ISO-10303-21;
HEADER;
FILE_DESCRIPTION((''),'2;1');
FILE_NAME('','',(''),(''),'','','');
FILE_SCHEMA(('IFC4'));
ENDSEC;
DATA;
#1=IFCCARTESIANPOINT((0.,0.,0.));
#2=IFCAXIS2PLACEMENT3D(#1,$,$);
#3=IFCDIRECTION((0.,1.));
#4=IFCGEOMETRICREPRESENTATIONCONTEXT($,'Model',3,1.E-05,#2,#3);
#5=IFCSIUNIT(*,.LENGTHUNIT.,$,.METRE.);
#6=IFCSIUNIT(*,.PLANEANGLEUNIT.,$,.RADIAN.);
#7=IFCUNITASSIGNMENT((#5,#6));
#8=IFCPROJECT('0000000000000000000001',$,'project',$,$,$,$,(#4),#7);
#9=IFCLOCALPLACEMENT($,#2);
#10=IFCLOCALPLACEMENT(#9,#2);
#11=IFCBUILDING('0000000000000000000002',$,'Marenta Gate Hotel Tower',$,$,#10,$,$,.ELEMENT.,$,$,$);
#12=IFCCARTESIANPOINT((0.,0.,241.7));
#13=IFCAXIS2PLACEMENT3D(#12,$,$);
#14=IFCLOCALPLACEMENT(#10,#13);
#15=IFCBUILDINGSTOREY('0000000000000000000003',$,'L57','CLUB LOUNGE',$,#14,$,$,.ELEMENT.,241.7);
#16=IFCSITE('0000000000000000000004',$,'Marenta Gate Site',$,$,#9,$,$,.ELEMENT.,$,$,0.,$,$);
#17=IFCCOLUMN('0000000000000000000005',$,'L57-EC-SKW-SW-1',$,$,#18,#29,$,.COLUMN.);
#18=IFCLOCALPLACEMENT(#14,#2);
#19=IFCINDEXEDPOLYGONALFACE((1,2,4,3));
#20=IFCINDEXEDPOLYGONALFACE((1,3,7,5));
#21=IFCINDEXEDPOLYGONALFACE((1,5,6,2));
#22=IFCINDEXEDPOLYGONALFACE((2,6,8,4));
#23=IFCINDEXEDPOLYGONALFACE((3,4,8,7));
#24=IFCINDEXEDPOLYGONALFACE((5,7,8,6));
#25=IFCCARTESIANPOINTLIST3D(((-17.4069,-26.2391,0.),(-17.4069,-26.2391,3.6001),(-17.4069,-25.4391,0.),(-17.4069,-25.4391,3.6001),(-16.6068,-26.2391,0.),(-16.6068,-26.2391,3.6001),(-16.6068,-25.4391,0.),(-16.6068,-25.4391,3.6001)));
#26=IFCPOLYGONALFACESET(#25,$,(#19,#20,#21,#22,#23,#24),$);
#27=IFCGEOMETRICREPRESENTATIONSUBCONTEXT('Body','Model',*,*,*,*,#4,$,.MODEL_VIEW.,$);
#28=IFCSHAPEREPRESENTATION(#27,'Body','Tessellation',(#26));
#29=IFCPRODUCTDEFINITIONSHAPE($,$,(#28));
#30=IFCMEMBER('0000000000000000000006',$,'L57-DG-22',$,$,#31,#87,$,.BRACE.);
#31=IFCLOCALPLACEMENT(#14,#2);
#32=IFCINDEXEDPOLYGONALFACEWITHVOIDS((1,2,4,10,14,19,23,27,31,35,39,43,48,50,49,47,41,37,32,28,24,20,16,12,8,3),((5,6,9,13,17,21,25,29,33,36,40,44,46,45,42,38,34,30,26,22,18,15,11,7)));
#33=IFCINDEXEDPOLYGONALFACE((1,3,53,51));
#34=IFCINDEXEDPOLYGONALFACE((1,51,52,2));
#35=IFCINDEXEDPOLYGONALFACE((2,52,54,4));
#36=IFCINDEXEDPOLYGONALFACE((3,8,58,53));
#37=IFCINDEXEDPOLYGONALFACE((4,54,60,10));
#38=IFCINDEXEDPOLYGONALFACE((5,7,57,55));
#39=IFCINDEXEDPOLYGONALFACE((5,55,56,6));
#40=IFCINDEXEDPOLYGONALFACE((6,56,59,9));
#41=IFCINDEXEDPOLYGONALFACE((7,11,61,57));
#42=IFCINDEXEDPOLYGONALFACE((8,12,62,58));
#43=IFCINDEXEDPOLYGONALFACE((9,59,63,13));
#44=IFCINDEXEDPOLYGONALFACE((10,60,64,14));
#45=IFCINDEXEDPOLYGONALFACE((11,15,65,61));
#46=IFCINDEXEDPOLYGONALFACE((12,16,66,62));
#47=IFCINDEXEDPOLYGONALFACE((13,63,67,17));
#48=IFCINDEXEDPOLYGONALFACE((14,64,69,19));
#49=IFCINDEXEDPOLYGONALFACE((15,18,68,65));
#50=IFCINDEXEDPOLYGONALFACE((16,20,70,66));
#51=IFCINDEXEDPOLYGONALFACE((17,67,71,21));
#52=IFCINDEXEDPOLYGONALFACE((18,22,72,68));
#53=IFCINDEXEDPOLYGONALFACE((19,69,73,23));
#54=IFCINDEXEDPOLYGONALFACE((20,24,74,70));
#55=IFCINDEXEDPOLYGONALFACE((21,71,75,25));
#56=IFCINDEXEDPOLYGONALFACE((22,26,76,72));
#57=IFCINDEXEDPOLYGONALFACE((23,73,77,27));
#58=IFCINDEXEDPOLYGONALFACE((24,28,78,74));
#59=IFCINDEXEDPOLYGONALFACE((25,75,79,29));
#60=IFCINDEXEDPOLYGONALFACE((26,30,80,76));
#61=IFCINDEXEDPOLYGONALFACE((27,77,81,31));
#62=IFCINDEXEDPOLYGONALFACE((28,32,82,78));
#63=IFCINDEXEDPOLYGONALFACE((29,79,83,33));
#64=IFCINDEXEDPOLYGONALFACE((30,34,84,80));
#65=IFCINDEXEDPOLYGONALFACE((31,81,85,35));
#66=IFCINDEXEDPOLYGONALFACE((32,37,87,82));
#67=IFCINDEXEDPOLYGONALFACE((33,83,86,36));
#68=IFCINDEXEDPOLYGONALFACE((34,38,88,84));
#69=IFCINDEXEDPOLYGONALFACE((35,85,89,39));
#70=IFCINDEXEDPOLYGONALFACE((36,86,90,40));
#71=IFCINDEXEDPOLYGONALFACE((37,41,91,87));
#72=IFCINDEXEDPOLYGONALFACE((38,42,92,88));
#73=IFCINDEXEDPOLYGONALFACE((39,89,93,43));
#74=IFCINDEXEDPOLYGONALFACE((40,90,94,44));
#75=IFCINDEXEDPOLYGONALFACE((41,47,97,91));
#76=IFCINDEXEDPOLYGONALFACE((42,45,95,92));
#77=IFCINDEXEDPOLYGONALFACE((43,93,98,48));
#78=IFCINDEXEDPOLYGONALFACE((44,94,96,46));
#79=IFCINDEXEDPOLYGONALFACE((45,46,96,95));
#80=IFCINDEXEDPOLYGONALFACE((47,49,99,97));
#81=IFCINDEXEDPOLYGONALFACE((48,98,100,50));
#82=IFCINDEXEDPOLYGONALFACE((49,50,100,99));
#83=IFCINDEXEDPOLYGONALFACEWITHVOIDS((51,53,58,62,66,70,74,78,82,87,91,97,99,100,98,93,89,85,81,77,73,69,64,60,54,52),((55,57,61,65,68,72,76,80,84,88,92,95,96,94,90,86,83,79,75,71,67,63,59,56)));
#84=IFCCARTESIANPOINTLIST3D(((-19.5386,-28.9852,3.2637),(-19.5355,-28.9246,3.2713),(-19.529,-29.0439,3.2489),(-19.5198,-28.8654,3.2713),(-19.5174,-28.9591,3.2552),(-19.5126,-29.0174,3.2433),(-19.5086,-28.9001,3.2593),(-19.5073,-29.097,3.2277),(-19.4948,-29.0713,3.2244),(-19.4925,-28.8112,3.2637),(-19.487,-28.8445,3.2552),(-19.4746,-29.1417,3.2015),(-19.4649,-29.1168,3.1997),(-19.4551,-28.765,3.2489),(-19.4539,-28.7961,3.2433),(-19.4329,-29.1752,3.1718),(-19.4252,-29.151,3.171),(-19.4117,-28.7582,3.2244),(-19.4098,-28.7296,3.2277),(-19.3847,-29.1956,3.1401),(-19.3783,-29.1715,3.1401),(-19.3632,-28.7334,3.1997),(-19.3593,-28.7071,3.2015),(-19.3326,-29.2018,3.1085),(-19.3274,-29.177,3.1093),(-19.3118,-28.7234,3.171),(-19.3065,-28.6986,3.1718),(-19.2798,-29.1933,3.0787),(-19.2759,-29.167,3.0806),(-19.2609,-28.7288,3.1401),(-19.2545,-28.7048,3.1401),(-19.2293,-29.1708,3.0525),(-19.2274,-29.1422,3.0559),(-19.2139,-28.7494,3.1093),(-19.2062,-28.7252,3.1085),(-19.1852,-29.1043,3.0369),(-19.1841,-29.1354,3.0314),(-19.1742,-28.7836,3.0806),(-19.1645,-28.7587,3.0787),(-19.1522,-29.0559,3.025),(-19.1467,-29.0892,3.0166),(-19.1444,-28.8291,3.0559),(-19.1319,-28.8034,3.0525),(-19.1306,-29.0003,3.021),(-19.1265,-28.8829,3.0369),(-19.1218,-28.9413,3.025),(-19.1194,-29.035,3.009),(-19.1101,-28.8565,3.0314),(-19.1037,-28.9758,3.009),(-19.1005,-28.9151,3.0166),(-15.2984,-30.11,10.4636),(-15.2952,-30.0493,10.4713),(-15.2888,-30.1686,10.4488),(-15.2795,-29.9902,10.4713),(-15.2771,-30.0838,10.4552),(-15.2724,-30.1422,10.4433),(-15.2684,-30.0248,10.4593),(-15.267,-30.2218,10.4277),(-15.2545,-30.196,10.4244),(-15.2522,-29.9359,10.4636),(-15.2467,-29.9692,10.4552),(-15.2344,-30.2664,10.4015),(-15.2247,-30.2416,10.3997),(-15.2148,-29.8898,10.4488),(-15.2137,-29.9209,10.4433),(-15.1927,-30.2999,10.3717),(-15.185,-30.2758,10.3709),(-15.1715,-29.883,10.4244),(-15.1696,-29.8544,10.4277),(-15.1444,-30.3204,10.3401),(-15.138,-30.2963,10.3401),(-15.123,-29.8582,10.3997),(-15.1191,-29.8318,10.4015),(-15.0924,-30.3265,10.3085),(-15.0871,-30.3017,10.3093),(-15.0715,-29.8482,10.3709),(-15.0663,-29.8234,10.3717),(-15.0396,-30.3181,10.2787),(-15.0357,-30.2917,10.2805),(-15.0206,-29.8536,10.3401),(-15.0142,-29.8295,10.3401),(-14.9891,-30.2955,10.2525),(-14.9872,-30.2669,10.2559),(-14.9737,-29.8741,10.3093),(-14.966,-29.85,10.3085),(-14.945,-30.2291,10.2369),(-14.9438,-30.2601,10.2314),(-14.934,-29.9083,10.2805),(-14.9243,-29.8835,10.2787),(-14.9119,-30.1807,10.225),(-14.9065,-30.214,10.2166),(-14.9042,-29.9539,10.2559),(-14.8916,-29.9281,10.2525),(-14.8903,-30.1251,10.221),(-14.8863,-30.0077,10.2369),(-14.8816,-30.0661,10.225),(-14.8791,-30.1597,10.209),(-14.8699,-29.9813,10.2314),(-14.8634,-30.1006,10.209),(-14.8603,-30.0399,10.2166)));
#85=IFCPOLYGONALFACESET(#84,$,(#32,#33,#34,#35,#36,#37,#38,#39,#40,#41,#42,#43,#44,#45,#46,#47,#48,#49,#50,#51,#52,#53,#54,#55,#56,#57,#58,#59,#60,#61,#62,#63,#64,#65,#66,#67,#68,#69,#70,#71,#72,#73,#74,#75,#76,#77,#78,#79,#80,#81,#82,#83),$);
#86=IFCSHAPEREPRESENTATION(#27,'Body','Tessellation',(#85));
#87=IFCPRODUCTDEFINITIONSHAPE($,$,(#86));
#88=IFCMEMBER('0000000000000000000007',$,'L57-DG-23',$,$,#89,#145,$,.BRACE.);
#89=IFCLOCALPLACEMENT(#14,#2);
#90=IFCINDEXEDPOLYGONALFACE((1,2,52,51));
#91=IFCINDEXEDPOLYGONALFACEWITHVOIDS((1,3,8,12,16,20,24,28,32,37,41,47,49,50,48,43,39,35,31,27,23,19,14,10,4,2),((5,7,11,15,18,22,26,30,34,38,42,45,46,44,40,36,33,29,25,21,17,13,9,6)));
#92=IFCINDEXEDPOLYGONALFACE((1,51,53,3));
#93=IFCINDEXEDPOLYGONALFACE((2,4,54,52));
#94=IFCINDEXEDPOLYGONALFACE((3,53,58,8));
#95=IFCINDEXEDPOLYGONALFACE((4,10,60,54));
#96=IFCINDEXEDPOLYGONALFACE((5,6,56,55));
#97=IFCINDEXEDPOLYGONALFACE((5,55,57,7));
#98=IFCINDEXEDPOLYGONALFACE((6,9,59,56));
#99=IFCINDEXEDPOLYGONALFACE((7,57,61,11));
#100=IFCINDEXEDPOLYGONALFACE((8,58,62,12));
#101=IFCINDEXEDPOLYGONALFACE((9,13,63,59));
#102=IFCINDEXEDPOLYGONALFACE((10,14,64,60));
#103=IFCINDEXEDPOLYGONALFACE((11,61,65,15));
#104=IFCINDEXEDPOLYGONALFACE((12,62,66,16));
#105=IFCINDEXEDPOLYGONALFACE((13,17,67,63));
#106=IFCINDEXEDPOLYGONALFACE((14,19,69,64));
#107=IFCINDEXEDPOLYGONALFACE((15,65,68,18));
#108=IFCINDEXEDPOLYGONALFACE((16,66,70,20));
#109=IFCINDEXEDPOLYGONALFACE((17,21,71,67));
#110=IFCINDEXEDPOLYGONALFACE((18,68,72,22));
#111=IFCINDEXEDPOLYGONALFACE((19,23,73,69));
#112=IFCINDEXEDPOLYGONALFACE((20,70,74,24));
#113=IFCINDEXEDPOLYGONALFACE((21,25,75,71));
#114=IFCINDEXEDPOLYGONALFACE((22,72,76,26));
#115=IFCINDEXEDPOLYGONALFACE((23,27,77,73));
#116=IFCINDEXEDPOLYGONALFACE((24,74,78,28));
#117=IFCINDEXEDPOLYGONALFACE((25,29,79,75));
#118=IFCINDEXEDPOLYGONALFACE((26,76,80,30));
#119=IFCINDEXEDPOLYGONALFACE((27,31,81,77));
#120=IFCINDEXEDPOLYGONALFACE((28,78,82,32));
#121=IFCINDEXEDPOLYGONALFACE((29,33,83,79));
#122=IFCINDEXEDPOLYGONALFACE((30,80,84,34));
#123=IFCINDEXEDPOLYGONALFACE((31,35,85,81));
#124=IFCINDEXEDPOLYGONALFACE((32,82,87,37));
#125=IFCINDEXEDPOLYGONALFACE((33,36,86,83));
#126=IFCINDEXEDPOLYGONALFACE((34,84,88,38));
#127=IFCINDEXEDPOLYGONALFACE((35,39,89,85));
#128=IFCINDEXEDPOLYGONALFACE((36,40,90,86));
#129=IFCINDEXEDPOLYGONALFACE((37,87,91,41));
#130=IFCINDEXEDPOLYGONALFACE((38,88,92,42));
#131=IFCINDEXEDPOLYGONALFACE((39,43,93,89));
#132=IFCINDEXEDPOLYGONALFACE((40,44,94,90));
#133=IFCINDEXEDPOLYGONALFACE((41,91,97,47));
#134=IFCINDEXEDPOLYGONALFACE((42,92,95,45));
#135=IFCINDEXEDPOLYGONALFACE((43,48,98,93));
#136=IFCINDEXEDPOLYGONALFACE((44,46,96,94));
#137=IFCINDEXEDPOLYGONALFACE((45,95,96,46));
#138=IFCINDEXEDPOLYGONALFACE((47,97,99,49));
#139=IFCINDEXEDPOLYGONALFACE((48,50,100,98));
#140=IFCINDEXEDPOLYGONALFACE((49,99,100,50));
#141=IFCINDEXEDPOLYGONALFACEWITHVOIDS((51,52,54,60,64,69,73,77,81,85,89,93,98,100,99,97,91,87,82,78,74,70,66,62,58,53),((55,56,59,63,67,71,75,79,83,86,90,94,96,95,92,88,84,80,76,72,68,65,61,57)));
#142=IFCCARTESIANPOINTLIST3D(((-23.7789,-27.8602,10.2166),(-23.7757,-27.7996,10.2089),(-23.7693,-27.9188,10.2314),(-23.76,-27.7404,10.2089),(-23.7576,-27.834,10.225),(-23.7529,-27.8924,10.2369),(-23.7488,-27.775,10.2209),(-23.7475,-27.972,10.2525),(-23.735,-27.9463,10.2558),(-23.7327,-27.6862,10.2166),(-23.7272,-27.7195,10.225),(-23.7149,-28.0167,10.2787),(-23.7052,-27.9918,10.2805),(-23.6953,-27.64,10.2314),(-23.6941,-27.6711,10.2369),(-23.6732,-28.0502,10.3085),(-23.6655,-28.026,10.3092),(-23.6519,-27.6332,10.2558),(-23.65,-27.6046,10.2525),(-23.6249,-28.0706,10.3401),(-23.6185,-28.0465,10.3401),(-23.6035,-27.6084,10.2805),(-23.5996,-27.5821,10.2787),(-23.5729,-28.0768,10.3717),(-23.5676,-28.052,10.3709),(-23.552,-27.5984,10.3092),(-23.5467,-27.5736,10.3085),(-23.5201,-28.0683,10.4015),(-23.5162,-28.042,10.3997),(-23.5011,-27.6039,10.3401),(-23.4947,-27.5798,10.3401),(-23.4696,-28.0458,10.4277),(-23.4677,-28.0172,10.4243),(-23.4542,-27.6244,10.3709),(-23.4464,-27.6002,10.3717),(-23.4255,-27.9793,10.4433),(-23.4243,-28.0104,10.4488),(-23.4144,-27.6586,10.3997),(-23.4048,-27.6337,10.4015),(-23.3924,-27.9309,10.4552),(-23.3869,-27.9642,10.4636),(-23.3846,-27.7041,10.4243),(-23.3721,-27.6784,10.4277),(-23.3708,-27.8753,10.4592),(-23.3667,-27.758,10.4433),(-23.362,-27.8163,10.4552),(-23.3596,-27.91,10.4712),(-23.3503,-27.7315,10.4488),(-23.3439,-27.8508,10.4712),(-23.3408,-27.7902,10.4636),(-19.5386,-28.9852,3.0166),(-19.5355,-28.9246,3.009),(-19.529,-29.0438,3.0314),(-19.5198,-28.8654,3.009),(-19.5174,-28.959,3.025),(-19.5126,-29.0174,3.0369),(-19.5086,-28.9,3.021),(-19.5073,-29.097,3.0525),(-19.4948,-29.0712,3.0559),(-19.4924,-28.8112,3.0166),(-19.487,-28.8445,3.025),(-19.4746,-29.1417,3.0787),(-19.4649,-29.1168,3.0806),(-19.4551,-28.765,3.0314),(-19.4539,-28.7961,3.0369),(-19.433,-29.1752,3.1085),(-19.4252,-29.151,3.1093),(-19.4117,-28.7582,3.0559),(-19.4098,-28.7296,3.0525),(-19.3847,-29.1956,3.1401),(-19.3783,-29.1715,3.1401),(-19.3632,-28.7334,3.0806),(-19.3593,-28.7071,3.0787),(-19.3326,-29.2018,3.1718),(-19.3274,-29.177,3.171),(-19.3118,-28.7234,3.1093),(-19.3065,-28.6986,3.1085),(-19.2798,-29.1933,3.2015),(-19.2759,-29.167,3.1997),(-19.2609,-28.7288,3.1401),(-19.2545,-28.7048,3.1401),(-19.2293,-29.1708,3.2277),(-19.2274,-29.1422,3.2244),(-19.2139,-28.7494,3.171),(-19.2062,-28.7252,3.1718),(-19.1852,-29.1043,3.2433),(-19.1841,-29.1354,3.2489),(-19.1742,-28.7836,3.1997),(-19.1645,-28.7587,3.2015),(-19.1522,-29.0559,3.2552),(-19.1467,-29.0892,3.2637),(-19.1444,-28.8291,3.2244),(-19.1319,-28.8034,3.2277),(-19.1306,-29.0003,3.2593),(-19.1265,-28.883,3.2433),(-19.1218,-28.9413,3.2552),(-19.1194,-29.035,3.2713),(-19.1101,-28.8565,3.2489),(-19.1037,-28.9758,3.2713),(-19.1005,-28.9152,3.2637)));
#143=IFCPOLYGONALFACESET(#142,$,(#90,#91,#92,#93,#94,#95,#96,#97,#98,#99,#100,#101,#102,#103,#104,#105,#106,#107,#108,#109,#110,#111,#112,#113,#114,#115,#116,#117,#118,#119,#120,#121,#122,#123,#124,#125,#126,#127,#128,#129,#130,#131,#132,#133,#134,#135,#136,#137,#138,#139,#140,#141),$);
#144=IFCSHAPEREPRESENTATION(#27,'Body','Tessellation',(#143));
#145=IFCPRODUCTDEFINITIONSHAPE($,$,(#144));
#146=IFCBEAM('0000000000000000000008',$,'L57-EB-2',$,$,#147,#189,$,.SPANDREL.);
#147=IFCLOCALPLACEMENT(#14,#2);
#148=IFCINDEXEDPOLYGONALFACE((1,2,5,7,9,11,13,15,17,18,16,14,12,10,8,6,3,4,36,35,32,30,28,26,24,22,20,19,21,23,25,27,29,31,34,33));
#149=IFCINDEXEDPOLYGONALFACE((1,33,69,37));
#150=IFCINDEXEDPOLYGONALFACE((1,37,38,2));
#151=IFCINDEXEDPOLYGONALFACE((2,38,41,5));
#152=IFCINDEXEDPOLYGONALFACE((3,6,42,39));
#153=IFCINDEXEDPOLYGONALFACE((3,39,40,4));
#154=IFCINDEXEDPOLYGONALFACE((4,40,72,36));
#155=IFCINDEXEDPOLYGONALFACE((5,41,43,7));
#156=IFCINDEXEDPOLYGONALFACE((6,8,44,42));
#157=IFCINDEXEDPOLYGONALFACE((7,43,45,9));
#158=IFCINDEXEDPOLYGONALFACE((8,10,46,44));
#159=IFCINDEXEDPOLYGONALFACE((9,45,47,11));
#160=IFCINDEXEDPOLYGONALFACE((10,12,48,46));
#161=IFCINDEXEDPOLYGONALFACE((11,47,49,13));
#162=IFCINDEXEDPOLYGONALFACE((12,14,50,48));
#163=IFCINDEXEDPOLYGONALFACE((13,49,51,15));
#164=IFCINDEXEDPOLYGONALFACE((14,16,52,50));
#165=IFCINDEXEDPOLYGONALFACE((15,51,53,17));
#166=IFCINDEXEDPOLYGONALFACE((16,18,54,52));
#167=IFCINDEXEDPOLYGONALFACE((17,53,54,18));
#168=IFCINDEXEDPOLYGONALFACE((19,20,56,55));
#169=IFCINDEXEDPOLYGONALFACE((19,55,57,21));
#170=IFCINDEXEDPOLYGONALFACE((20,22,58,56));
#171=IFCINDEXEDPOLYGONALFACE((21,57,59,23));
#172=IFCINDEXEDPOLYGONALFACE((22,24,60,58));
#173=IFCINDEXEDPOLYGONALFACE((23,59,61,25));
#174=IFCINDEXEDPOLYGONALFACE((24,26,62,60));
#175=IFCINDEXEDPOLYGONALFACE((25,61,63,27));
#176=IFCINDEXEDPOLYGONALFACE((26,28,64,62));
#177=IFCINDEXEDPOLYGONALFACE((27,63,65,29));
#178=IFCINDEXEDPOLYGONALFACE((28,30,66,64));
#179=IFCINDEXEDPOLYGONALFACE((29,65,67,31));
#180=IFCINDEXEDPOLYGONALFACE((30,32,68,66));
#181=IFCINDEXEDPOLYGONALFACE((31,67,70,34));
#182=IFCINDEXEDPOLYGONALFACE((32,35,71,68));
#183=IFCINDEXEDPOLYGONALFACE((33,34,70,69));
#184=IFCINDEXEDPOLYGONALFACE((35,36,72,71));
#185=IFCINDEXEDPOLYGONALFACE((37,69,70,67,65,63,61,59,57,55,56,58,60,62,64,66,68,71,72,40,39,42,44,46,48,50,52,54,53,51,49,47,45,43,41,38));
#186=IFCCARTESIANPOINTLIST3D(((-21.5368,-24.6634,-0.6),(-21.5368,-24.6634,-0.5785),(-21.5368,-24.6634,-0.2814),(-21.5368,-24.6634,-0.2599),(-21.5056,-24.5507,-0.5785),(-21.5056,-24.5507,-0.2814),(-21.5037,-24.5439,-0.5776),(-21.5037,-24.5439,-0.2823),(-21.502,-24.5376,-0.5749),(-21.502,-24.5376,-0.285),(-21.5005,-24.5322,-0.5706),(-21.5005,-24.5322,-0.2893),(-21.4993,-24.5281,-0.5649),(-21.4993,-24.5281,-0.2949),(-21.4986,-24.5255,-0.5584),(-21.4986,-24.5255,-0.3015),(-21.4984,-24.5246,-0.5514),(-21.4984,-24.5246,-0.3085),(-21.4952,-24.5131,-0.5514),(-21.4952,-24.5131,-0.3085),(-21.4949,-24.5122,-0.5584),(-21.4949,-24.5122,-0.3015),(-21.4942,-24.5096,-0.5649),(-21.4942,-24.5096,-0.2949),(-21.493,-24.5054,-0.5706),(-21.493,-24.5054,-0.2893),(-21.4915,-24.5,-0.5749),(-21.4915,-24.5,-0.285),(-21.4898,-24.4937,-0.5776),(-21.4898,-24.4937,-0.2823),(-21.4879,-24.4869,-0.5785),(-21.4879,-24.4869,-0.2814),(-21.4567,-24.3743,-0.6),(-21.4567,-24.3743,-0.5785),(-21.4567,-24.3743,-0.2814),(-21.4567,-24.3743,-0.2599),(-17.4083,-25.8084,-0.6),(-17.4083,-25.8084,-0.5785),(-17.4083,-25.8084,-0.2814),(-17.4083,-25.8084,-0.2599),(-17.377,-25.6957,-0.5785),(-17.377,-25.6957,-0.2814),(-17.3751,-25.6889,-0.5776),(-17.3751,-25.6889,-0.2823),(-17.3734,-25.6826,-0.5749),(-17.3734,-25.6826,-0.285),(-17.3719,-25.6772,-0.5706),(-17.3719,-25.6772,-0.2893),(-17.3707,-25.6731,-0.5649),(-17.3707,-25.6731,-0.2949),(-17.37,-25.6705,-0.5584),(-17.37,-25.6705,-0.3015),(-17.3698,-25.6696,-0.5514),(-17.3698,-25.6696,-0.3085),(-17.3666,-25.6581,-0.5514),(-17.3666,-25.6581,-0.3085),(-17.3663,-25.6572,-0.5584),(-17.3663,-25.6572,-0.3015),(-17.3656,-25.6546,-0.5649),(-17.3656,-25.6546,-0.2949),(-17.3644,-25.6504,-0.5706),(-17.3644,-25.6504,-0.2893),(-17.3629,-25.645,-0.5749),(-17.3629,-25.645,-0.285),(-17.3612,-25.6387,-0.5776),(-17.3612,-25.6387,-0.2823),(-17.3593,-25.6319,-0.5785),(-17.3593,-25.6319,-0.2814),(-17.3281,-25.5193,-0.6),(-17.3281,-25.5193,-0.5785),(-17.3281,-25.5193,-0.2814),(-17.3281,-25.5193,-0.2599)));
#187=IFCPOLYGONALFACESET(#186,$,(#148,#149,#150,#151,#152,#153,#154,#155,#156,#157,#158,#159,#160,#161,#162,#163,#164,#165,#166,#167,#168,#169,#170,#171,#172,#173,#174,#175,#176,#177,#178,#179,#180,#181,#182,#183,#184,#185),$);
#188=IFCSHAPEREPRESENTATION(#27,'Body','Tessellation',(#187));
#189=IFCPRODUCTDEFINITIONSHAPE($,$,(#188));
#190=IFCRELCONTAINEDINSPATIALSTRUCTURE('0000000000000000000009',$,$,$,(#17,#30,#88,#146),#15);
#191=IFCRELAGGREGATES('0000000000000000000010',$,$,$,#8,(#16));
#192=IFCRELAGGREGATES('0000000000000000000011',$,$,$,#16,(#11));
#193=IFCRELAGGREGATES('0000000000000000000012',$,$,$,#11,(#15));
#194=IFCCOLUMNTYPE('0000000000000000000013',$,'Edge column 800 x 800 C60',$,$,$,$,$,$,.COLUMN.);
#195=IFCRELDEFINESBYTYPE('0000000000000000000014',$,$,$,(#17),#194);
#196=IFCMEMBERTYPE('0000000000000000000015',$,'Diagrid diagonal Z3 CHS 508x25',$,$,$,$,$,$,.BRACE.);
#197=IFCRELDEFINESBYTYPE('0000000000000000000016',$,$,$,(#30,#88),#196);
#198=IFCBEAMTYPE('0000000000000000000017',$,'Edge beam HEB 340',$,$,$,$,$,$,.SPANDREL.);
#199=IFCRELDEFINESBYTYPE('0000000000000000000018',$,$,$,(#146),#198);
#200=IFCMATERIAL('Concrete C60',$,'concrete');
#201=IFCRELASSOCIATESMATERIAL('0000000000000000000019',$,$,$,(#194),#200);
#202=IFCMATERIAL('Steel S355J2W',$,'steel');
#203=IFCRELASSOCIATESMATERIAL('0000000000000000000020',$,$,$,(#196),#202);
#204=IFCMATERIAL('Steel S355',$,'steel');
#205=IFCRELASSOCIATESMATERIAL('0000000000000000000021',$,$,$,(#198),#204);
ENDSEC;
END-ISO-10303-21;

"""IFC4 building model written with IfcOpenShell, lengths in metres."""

from ifc_helpers import new_model, si_unit, direction, frame, origin, origin_2d, place, context, subcontext, project, spatial, rectangle, hollow_circle, i_section, extrude, material, material_profile, profile_set, type_object, element, save


model = new_model("IFC4")

# Units and contexts
model_context = context("Model", 3, precision=1e-05, world=origin(), true_north=direction((0.0, 1.0)))
body_context = subcontext(model_context, "Body", "Model", "MODEL_VIEW")
ifc_project = project(units=[si_unit("LENGTHUNIT", "METRE"), si_unit("PLANEANGLEUNIT", "RADIAN")], contexts=[model_context])

# Site, building, storey
site_placement = place(None, origin())
site = spatial("IfcSite", under=ifc_project, at=site_placement, Name="Marenta Gate Site", CompositionType="ELEMENT", RefElevation=0.0)
building_placement = place(site_placement, origin())
building = spatial("IfcBuilding", under=site, at=building_placement, Name="Marenta Gate Hotel Tower", CompositionType="ELEMENT")
storey_placement = place(building_placement, frame((0.0, 0.0, 241.7)))
storey = spatial("IfcBuildingStorey", under=building, at=storey_placement, Name="L57", Description="CLUB LOUNGE", CompositionType="ELEMENT", Elevation=241.7)

# Column
ifc_material_1 = material(Name="Concrete C60", Category="concrete")
ifc_material_profile_1 = material_profile(ifc_material_1, rectangle(XDim=0.8, YDim=0.8, at=origin_2d()), Name="800 x 800")
ifc_profile_set_1 = profile_set([ifc_material_profile_1], Name="Concrete C60")
column_type = type_object("IfcColumnType", Name="Edge column 800 x 800 C60", PredefinedType="COLUMN", material=ifc_profile_set_1)
column_placement = place(storey_placement, frame((-17.0068, -25.8391, 0.0), z_axis=(0.0, 0.0, 1.0), x_axis=(1.0, 0.0, 0.0)))
element("IfcColumn", 1, at=column_placement, inside=storey, type_object=column_type, Name="L57-EC-SKW-SW-1", PredefinedType="COLUMN", context=body_context, shape_type="SweptSolid", body=[
    extrude(rectangle(XDim=0.8, YDim=0.8, at=origin_2d()), origin(), (0.0, 0.0, 1.0), 3.6001),
])

# Members
ifc_material_2 = material(Name="Steel S355J2W", Category="steel")
ifc_material_profile_2 = material_profile(ifc_material_2, hollow_circle(Radius=0.2539, WallThickness=0.0249, at=origin_2d()), Name="CHS 508x25")
ifc_profile_set_2 = profile_set([ifc_material_profile_2], Name="Steel S355J2W")
member_type_1 = type_object("IfcMemberType", Name="Diagrid diagonal Z3 CHS 508x25", PredefinedType="BRACE", material=ifc_profile_set_2)
for number, where, z_axis, x_axis, name in (
    (2, (-19.3196, -28.9502, 3.1401), (0.502926, -0.133405, 0.853972), (0.256391, 0.966573, 0.0), "L57-DG-22"),
    (3, (-19.3196, -28.9502, 3.1401), (-0.502924, 0.133434, 0.853969), (-0.256443, -0.966559, 0.0), "L57-DG-23"),
):
    element("IfcMember", number, at=place(storey_placement, frame(where, z_axis=z_axis, x_axis=x_axis)), inside=storey, type_object=member_type_1, Name=name, PredefinedType="BRACE", context=body_context, shape_type="SweptSolid", body=[
        extrude(hollow_circle(Radius=0.2539, WallThickness=0.0249, at=origin_2d()), origin(), (0.0, 0.0, 1.0), 8.4312),
    ])

# Beam
ifc_material_3 = material(Name="Steel S355", Category="steel")
ifc_material_profile_3 = material_profile(ifc_material_3, i_section(OverallWidth=0.3, OverallDepth=0.3401, WebThickness=0.012, FlangeThickness=0.0215, FilletRadius=0.0271, at=origin_2d()), Name="HEB 340")
ifc_profile_set_3 = profile_set([ifc_material_profile_3], Name="Steel S355")
beam_type_1 = type_object("IfcBeamType", Name="Edge beam HEB 340", PredefinedType="SPANDREL", material=ifc_profile_set_3)
beam_1_placement = place(storey_placement, frame((-17.3682, -25.6638, -0.4299), z_axis=(-0.963628, 0.267247, 0.0), x_axis=(-0.267247, -0.963628, 0.0)))
element("IfcBeam", 4, at=beam_1_placement, inside=storey, type_object=beam_type_1, Name="L57-EB-2", PredefinedType="SPANDREL", context=body_context, shape_type="SweptSolid", body=[
    extrude(i_section(OverallWidth=0.3, OverallDepth=0.3401, WebThickness=0.012, FlangeThickness=0.0215, FilletRadius=0.0271, at=origin_2d()), origin(), (0.0, 0.0, 1.0), 4.2844),
])

save(model, "model.ifc")
